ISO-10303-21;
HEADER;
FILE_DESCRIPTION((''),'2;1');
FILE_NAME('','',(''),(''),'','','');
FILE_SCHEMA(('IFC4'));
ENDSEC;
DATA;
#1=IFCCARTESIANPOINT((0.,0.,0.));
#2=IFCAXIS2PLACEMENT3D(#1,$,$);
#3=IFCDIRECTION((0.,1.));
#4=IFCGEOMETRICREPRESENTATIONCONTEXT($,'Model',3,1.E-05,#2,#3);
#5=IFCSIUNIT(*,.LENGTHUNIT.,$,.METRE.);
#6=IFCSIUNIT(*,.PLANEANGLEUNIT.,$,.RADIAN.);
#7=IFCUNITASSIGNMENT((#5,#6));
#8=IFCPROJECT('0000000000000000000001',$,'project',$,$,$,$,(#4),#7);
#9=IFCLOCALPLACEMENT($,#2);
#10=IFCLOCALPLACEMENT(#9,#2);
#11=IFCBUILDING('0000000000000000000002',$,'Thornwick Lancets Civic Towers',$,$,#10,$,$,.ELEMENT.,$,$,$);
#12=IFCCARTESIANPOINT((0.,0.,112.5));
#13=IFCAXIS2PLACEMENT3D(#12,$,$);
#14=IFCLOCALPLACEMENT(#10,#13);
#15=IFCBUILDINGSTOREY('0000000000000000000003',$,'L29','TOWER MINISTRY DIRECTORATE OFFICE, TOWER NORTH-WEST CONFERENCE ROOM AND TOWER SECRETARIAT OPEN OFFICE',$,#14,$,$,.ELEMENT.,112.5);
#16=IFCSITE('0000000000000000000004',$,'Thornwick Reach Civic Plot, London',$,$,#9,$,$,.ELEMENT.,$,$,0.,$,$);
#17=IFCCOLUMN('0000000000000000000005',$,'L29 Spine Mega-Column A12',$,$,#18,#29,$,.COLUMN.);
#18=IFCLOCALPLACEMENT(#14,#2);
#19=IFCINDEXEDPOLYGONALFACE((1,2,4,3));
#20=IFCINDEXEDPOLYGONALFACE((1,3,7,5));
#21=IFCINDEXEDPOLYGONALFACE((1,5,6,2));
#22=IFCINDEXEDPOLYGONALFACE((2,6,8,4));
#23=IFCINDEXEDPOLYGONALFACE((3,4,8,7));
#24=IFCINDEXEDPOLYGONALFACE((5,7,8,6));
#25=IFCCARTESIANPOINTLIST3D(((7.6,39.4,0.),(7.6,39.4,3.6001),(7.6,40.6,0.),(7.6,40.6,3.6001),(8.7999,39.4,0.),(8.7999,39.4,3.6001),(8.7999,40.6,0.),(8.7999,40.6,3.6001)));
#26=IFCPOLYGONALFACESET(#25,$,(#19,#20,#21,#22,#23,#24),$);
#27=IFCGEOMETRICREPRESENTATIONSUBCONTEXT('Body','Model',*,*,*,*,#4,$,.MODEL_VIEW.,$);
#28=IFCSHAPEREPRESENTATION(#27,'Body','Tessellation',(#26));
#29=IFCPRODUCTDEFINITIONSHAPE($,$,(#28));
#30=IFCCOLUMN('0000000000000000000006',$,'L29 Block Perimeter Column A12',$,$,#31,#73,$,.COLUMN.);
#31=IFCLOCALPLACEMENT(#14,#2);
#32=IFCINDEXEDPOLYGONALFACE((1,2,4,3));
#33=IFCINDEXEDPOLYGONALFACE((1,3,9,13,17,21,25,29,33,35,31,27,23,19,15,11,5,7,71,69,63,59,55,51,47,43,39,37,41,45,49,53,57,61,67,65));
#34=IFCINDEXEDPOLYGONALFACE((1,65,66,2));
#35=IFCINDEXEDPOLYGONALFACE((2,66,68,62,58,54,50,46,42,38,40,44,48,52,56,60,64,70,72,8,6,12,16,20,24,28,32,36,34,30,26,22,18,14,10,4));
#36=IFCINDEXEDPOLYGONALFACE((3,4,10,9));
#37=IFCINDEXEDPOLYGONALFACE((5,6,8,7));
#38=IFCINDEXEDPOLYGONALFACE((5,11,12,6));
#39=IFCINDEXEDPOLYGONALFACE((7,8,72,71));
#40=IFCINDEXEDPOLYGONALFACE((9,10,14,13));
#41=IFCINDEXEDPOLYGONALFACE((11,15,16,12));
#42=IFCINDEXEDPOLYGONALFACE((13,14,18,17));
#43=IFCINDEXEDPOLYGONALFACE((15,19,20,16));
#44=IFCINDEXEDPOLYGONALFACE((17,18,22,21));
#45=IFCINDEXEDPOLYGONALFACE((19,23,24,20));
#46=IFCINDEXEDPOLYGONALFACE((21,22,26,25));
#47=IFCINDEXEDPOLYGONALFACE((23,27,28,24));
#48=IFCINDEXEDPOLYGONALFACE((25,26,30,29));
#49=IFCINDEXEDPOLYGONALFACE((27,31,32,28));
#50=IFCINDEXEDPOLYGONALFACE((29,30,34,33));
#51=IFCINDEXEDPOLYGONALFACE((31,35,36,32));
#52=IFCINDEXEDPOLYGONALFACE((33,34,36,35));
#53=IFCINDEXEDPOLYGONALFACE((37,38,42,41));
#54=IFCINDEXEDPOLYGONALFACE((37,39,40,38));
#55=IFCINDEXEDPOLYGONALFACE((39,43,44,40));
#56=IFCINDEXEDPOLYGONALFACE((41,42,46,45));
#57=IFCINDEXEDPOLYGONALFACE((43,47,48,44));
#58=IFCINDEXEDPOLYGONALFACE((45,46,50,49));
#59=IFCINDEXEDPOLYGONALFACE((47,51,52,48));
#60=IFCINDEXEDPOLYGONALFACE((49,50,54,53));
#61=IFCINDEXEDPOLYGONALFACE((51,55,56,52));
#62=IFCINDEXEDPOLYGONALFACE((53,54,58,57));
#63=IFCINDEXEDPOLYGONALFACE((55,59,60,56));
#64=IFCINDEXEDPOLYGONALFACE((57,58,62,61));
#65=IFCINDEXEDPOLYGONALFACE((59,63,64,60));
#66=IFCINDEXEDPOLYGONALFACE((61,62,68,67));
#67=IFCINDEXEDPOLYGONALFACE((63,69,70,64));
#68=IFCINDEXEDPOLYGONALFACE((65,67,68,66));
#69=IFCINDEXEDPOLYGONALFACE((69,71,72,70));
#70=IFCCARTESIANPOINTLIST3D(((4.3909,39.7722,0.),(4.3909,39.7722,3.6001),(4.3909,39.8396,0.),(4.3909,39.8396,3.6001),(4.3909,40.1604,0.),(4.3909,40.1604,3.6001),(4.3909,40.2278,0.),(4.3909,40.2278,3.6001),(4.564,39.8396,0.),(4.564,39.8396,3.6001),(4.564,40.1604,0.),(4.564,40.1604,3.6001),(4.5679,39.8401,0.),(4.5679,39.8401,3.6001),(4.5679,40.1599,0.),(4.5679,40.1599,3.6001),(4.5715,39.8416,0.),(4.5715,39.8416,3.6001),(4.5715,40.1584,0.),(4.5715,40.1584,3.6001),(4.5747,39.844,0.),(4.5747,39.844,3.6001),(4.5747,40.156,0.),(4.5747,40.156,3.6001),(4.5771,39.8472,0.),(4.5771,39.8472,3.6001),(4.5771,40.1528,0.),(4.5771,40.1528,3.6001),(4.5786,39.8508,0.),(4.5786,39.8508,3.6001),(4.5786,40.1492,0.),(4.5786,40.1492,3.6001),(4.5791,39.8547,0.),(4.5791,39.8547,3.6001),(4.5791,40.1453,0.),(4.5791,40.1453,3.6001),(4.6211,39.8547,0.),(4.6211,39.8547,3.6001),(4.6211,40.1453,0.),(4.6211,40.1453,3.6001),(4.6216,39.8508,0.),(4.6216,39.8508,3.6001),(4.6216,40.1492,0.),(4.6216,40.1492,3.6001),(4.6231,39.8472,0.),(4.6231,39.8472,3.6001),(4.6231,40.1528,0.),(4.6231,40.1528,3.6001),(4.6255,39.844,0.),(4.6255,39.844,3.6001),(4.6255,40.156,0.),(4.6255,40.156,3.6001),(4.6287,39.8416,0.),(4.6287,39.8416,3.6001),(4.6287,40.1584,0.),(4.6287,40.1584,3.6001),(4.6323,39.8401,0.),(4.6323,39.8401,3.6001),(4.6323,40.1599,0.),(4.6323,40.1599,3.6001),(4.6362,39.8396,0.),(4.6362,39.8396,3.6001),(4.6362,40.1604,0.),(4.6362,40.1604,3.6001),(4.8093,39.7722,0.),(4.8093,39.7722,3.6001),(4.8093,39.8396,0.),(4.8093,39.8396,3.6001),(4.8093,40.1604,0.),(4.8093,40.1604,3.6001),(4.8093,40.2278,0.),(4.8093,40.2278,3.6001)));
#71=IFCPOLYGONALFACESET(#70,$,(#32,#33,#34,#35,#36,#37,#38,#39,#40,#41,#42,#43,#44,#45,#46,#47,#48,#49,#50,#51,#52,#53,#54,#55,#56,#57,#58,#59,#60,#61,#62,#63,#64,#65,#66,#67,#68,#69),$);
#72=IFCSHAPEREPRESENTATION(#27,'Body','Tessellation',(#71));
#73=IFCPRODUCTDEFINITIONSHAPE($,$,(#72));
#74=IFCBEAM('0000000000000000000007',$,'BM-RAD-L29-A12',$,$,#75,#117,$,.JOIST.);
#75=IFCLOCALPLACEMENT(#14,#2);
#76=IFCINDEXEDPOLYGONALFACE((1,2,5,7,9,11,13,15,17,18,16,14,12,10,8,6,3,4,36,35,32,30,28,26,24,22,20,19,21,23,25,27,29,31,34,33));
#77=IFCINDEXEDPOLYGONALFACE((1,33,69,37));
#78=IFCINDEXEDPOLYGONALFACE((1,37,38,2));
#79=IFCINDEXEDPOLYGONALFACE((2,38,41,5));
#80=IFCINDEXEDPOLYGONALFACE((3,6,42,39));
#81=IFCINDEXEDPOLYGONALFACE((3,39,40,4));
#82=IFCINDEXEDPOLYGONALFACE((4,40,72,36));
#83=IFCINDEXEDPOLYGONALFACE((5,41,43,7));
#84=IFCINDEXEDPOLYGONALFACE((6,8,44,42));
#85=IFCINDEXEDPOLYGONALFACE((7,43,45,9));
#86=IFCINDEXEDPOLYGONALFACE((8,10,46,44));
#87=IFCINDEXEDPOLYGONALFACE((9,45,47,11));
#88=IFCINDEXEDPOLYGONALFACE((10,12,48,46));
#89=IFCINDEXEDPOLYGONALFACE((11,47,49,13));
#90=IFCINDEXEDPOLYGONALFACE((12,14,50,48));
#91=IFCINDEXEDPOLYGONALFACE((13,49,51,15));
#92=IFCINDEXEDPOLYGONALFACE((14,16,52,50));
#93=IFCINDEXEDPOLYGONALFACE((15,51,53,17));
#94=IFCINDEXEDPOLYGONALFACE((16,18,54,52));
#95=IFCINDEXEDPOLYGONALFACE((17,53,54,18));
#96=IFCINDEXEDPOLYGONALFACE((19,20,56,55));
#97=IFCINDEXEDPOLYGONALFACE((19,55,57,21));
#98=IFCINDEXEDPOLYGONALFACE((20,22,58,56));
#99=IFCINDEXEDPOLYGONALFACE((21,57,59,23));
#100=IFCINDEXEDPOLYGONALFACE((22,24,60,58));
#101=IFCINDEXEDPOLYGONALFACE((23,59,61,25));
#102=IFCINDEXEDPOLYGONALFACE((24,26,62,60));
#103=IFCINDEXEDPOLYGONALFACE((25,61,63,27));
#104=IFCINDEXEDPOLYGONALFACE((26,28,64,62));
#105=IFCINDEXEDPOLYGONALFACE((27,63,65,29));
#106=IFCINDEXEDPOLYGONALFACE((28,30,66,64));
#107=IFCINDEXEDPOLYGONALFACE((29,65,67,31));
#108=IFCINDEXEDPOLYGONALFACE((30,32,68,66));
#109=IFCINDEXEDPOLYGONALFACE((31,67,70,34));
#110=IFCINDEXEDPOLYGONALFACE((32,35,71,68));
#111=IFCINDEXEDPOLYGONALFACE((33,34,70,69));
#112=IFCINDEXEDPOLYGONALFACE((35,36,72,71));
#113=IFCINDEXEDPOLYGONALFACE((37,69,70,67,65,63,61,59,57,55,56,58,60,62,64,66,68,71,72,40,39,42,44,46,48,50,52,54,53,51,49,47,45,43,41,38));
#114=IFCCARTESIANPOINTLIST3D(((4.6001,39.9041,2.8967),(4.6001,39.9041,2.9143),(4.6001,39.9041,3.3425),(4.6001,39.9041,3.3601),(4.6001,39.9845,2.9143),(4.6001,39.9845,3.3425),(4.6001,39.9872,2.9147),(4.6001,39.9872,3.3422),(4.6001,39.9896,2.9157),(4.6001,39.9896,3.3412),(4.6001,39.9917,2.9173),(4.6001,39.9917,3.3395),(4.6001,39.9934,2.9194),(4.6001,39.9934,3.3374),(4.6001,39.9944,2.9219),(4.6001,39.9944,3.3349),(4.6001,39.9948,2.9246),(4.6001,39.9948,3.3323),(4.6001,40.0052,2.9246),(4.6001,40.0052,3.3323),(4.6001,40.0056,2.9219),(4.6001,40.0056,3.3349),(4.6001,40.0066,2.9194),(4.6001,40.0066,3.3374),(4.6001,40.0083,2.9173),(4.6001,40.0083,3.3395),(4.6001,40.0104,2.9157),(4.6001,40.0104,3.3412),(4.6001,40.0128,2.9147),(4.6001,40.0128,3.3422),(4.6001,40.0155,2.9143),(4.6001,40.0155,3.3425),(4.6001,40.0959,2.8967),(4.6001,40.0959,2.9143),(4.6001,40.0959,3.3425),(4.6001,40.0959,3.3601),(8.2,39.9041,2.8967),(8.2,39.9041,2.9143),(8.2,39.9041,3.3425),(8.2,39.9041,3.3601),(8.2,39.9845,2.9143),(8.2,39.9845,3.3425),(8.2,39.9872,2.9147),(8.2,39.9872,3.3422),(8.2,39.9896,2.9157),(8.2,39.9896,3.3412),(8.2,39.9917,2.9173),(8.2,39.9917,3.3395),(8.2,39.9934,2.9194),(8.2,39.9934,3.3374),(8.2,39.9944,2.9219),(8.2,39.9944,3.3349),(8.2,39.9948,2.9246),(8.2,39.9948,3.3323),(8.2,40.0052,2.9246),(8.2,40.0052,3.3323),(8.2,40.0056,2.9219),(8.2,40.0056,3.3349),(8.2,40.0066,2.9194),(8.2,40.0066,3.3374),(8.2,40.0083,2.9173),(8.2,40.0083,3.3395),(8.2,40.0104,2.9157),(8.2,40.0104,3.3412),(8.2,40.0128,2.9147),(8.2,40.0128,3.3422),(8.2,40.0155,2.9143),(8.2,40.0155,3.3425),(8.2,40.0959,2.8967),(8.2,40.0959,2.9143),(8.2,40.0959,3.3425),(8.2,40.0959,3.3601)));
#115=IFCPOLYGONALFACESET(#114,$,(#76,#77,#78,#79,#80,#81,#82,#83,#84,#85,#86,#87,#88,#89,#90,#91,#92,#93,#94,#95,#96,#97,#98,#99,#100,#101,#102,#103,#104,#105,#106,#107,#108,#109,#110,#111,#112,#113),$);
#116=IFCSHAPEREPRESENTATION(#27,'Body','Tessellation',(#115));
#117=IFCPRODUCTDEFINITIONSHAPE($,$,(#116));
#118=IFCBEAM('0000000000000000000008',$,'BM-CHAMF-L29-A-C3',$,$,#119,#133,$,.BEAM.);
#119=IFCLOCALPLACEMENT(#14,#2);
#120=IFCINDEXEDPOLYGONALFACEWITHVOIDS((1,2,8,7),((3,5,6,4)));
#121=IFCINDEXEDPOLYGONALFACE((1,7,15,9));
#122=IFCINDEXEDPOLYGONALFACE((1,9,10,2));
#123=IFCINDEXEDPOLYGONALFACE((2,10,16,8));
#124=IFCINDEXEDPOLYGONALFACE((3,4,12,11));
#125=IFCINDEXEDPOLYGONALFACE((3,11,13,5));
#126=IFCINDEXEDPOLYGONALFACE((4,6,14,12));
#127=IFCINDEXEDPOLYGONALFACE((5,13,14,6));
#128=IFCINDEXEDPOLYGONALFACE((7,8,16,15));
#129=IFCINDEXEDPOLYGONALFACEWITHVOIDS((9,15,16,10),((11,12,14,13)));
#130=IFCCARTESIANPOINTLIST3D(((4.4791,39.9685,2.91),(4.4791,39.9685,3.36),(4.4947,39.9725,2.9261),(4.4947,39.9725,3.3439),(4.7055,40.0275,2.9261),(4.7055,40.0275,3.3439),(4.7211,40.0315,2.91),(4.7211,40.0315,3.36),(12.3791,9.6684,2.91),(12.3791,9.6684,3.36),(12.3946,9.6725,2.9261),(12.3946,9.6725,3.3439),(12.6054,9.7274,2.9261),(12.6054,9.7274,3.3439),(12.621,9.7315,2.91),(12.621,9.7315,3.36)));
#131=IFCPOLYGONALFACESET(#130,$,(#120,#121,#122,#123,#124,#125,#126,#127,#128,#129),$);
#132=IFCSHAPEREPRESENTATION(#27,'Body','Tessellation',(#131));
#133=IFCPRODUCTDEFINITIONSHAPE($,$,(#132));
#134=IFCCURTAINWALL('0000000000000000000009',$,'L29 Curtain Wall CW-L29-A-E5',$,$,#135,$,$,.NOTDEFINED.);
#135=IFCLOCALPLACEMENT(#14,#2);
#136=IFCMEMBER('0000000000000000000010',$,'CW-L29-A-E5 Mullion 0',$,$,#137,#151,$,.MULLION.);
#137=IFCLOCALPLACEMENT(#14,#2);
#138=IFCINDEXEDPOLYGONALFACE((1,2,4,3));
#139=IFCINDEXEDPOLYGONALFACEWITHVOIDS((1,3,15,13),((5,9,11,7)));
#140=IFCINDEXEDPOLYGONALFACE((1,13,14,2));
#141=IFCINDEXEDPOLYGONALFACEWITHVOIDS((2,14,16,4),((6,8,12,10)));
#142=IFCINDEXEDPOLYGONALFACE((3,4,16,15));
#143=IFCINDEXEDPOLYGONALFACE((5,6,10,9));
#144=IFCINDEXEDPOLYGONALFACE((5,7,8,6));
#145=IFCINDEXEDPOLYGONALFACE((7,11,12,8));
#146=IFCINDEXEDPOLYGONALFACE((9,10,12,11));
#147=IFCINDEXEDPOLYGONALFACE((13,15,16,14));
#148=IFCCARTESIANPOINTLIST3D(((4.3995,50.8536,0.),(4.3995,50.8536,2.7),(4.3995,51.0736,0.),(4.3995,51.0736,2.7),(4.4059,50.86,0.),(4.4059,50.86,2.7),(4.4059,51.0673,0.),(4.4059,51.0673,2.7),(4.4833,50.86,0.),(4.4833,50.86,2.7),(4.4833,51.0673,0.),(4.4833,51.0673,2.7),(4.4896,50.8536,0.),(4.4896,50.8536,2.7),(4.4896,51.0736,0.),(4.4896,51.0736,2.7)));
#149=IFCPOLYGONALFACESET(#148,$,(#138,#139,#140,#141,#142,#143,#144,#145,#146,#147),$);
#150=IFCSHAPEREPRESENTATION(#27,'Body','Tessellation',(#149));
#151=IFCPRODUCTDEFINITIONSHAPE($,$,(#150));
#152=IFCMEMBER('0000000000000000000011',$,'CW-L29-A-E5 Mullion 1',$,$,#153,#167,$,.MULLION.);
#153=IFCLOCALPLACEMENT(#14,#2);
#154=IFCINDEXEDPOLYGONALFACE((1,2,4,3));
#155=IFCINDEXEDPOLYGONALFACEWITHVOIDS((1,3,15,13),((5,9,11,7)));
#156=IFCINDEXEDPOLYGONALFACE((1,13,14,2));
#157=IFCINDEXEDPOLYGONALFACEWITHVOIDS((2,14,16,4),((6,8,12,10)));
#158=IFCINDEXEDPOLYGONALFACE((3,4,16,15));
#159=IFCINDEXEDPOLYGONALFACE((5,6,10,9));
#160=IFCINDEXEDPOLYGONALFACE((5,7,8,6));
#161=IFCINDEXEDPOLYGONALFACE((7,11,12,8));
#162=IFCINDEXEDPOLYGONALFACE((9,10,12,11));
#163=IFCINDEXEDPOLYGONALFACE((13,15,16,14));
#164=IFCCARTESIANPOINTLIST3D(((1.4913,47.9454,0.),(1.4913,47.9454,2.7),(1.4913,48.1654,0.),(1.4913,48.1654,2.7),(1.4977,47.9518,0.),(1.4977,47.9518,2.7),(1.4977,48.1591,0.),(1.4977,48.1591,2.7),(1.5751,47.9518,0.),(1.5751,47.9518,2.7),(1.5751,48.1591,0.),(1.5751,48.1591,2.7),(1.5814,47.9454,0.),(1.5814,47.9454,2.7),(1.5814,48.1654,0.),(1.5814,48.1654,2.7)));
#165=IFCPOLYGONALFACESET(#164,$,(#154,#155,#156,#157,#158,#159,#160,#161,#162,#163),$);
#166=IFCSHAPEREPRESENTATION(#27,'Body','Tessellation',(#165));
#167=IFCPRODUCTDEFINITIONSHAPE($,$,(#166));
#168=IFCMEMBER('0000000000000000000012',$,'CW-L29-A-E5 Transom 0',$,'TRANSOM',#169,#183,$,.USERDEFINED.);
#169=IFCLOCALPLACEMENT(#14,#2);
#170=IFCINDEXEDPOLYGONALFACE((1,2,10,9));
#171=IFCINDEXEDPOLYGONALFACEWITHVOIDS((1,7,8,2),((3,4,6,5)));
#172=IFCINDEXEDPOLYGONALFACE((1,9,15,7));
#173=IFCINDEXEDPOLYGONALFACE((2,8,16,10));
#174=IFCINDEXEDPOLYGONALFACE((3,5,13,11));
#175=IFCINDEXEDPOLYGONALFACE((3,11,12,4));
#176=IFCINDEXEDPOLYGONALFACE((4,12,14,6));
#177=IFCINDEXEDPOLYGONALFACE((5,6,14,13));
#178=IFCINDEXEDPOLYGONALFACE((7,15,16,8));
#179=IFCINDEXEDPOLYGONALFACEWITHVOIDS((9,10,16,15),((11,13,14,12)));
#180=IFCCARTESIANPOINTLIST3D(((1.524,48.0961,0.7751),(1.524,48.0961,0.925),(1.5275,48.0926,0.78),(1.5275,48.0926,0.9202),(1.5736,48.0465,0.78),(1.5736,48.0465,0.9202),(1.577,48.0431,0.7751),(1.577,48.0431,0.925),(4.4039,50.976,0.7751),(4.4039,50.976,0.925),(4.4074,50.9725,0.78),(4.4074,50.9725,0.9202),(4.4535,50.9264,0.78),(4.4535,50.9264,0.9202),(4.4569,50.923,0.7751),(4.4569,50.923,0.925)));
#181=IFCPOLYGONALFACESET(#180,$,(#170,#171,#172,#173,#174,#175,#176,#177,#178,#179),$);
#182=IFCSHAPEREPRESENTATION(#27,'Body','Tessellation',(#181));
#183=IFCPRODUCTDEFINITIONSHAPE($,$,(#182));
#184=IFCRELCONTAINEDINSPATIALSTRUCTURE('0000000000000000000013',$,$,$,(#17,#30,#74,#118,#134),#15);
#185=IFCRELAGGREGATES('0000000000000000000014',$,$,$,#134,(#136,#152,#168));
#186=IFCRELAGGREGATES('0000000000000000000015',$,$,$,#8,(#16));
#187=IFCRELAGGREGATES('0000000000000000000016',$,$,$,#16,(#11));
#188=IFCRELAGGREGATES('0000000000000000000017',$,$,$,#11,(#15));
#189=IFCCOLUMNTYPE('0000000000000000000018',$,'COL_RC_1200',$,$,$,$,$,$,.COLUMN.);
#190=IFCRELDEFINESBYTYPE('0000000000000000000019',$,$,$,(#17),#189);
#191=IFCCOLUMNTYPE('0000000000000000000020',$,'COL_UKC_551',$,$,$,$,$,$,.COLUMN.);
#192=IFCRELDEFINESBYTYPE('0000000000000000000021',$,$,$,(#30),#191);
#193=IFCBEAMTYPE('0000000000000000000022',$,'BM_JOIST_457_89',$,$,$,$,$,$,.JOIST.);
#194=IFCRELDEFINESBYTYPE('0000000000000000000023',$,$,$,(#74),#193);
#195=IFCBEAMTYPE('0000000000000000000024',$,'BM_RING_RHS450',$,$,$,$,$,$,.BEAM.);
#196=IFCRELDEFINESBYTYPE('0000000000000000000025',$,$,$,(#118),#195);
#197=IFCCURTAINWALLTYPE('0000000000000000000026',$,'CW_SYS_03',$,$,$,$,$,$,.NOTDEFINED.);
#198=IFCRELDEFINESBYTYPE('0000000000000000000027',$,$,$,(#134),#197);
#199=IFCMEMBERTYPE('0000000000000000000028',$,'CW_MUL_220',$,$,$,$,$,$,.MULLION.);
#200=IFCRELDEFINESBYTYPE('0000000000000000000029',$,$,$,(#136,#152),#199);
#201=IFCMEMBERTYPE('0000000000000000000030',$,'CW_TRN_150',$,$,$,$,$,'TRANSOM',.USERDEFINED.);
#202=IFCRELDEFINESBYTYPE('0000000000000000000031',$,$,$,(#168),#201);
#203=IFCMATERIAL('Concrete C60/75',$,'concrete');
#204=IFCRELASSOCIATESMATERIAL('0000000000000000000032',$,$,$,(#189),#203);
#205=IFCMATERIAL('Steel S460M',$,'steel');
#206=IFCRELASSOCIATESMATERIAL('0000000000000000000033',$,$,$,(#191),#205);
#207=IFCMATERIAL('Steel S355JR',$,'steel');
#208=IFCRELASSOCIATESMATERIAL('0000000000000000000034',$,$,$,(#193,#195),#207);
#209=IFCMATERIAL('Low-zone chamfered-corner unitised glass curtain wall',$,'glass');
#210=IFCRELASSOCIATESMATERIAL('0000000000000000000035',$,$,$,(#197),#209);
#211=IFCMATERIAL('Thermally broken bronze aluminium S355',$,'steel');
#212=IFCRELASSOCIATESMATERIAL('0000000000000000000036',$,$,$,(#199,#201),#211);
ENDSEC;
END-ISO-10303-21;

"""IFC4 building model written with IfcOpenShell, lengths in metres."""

from ifc_helpers import new_model, si_unit, direction, frame, origin, origin_2d, place, context, subcontext, project, spatial, rectangle, hollow_rectangle, i_section, extrude, material, material_profile, profile_set, type_object, element, aggregate, save


model = new_model("IFC4")

# Units and contexts
model_context = context("Model", 3, precision=1e-05, world=origin(), true_north=direction((0.0, 1.0)))
body_context = subcontext(model_context, "Body", "Model", "MODEL_VIEW")
ifc_project = project(units=[si_unit("LENGTHUNIT", "METRE"), si_unit("PLANEANGLEUNIT", "RADIAN")], contexts=[model_context])

# Site, building, storey
site_placement = place(None, origin())
site = spatial("IfcSite", under=ifc_project, at=site_placement, Name="Thornwick Reach Civic Plot, London", CompositionType="ELEMENT", RefElevation=0.0)
building_placement = place(site_placement, origin())
building = spatial("IfcBuilding", under=site, at=building_placement, Name="Thornwick Lancets Civic Towers", CompositionType="ELEMENT")
storey_placement = place(building_placement, frame((0.0, 0.0, 112.5)))
storey = spatial("IfcBuildingStorey", under=building, at=storey_placement, Name="L29", Description="TOWER MINISTRY DIRECTORATE OFFICE, TOWER NORTH-WEST CONFERENCE ROOM AND TOWER SECRETARIAT OPEN OFFICE", CompositionType="ELEMENT", Elevation=112.5)

# Columns
ifc_material_1 = material(Name="Concrete C60/75", Category="concrete")
ifc_material_profile_1 = material_profile(ifc_material_1, rectangle(XDim=1.2, YDim=1.2, at=origin_2d()), Name="RC 1200x1200")
ifc_profile_set_1 = profile_set([ifc_material_profile_1], Name="Concrete C60/75")
column_type_1 = type_object("IfcColumnType", Name="COL_RC_1200", PredefinedType="COLUMN", material=ifc_profile_set_1)
column_1_placement = place(storey_placement, frame((8.2, 40.0, 0.0), z_axis=(0.0, 0.0, 1.0), x_axis=(1.0, 0.0, 0.0)))
element("IfcColumn", 1, at=column_1_placement, inside=storey, type_object=column_type_1, Name="L29 Spine Mega-Column A12", PredefinedType="COLUMN", context=body_context, shape_type="SweptSolid", body=[
    extrude(rectangle(XDim=1.2, YDim=1.2, at=origin_2d()), origin(), (0.0, 0.0, 1.0), 3.6001),
])
ifc_material_2 = material(Name="Steel S460M", Category="steel")
ifc_material_profile_2 = material_profile(ifc_material_2, i_section(OverallWidth=0.4185, OverallDepth=0.4556, WebThickness=0.042, FlangeThickness=0.0674, FilletRadius=0.0151, at=origin_2d()), Name="UKC 356x406x551")
ifc_profile_set_2 = profile_set([ifc_material_profile_2], Name="Steel S460M")
column_type_2 = type_object("IfcColumnType", Name="COL_UKC_551", PredefinedType="COLUMN", material=ifc_profile_set_2)
column_2_placement = place(storey_placement, frame((4.6001, 40.0, 0.0), z_axis=(0.0, 0.0, 1.0), x_axis=(1.0, 0.0, 0.0)))
element("IfcColumn", 2, at=column_2_placement, inside=storey, type_object=column_type_2, Name="L29 Block Perimeter Column A12", PredefinedType="COLUMN", context=body_context, shape_type="SweptSolid", body=[
    extrude(i_section(OverallWidth=0.4185, OverallDepth=0.4556, WebThickness=0.042, FlangeThickness=0.0674, FilletRadius=0.0151, at=origin_2d()), origin(), (0.0, 0.0, 1.0), 3.6001),
])

# Beams
ifc_material_3 = material(Name="Steel S355JR", Category="steel")
ifc_material_profile_3 = material_profile(ifc_material_3, i_section(OverallWidth=0.1919, OverallDepth=0.4634, WebThickness=0.0105, FlangeThickness=0.0176, FilletRadius=0.0103, at=origin_2d()), Name="UKB 457x191x89")
ifc_profile_set_3 = profile_set([ifc_material_profile_3], Name="Steel S355JR")
beam_type_1 = type_object("IfcBeamType", Name="BM_JOIST_457_89", PredefinedType="JOIST", material=ifc_profile_set_3)
beam_1_placement = place(storey_placement, frame((8.2, 40.0, 3.1284), z_axis=(-1.0, 0.0, 0.0), x_axis=(0.0, -1.0, 0.0)))
element("IfcBeam", 3, at=beam_1_placement, inside=storey, type_object=beam_type_1, Name="BM-RAD-L29-A12", PredefinedType="JOIST", context=body_context, shape_type="SweptSolid", body=[
    extrude(i_section(OverallWidth=0.1919, OverallDepth=0.4634, WebThickness=0.0105, FlangeThickness=0.0176, FilletRadius=0.0103, at=origin_2d()), origin(), (0.0, 0.0, 1.0), 3.5999),
])
ifc_material_profile_4 = material_profile(ifc_material_3, hollow_rectangle(XDim=0.25, YDim=0.45, WallThickness=0.0161, at=origin_2d()), Name="RHS 450x250x16")
ifc_profile_set_4 = profile_set([ifc_material_profile_4], Name="Steel S355JR")
beam_type_2 = type_object("IfcBeamType", Name="BM_RING_RHS450", PredefinedType="BEAM", material=ifc_profile_set_4)
beam_2_placement = place(storey_placement, frame((4.6001, 40.0, 3.135), z_axis=(0.252289, -0.967652, 0.0), x_axis=(0.967652, 0.252289, 0.0)))
element("IfcBeam", 4, at=beam_2_placement, inside=storey, type_object=beam_type_2, Name="BM-CHAMF-L29-A-C3", PredefinedType="BEAM", context=body_context, shape_type="SweptSolid", body=[
    extrude(hollow_rectangle(XDim=0.25, YDim=0.45, WallThickness=0.0161, at=origin_2d()), origin(), (0.0, 0.0, 1.0), 31.313),
])

# Curtain wall, members
ifc_material_4 = material(Name="Low-zone chamfered-corner unitised glass curtain wall", Category="glass")
curtain_wall_type = type_object("IfcCurtainWallType", Name="CW_SYS_03", PredefinedType="NOTDEFINED", material=ifc_material_4)
curtain_wall_placement = place(storey_placement, origin())
curtain_wall = element("IfcCurtainWall", 5, at=curtain_wall_placement, inside=storey, type_object=curtain_wall_type, Name="L29 Curtain Wall CW-L29-A-E5", PredefinedType="NOTDEFINED")
ifc_material_5 = material(Name="Thermally broken bronze aluminium S355", Category="steel")
ifc_material_profile_5 = material_profile(ifc_material_5, hollow_rectangle(XDim=0.0901, YDim=0.22, WallThickness=0.0063, at=origin_2d()), Name="RHS 220x90x6.3")
ifc_profile_set_5 = profile_set([ifc_material_profile_5], Name="Thermally broken bronze aluminium S355")
member_type_1 = type_object("IfcMemberType", Name="CW_MUL_220", PredefinedType="MULLION", material=ifc_profile_set_5)
member_1_placement = place(storey_placement, frame((4.4446, 50.9636, 0.0), z_axis=(0.0, 0.0, 1.0), x_axis=(1.0, 0.0, 0.0)))
member_1 = element("IfcMember", 6, at=member_1_placement, type_object=member_type_1, Name="CW-L29-A-E5 Mullion 0", PredefinedType="MULLION", context=body_context, shape_type="SweptSolid", body=[
    extrude(hollow_rectangle(XDim=0.0901, YDim=0.22, WallThickness=0.0063, at=origin_2d()), origin(), (0.0, 0.0, 1.0), 2.7),
])
member_2_placement = place(storey_placement, frame((1.5364, 48.0554, 0.0), z_axis=(0.0, 0.0, 1.0), x_axis=(1.0, 0.0, 0.0)))
member_2 = element("IfcMember", 7, at=member_2_placement, type_object=member_type_1, Name="CW-L29-A-E5 Mullion 1", PredefinedType="MULLION", context=body_context, shape_type="SweptSolid", body=[
    extrude(hollow_rectangle(XDim=0.0901, YDim=0.22, WallThickness=0.0063, at=origin_2d()), origin(), (0.0, 0.0, 1.0), 2.7),
])
ifc_material_profile_6 = material_profile(ifc_material_5, hollow_rectangle(XDim=0.075, YDim=0.1499, WallThickness=0.0049, at=origin_2d()), Name="RHS 150x75x5")
ifc_profile_set_6 = profile_set([ifc_material_profile_6], Name="Thermally broken bronze aluminium S355")
member_type_2 = type_object("IfcMemberType", Name="CW_TRN_150", ElementType="TRANSOM", PredefinedType="USERDEFINED", material=ifc_profile_set_6)
member_3_placement = place(storey_placement, frame((4.4304, 50.9495, 0.8501), z_axis=(-0.707107, -0.707107, 0.0), x_axis=(0.707107, -0.707107, 0.0)))
member_3 = element("IfcMember", 8, at=member_3_placement, type_object=member_type_2, Name="CW-L29-A-E5 Transom 0", ObjectType="TRANSOM", PredefinedType="USERDEFINED", context=body_context, shape_type="SweptSolid", body=[
    extrude(hollow_rectangle(XDim=0.075, YDim=0.1499, WallThickness=0.0049, at=origin_2d()), origin(), (0.0, 0.0, 1.0), 4.0728),
])
aggregate(curtain_wall, [member_1, member_2, member_3])

save(model, "model.ifc")
